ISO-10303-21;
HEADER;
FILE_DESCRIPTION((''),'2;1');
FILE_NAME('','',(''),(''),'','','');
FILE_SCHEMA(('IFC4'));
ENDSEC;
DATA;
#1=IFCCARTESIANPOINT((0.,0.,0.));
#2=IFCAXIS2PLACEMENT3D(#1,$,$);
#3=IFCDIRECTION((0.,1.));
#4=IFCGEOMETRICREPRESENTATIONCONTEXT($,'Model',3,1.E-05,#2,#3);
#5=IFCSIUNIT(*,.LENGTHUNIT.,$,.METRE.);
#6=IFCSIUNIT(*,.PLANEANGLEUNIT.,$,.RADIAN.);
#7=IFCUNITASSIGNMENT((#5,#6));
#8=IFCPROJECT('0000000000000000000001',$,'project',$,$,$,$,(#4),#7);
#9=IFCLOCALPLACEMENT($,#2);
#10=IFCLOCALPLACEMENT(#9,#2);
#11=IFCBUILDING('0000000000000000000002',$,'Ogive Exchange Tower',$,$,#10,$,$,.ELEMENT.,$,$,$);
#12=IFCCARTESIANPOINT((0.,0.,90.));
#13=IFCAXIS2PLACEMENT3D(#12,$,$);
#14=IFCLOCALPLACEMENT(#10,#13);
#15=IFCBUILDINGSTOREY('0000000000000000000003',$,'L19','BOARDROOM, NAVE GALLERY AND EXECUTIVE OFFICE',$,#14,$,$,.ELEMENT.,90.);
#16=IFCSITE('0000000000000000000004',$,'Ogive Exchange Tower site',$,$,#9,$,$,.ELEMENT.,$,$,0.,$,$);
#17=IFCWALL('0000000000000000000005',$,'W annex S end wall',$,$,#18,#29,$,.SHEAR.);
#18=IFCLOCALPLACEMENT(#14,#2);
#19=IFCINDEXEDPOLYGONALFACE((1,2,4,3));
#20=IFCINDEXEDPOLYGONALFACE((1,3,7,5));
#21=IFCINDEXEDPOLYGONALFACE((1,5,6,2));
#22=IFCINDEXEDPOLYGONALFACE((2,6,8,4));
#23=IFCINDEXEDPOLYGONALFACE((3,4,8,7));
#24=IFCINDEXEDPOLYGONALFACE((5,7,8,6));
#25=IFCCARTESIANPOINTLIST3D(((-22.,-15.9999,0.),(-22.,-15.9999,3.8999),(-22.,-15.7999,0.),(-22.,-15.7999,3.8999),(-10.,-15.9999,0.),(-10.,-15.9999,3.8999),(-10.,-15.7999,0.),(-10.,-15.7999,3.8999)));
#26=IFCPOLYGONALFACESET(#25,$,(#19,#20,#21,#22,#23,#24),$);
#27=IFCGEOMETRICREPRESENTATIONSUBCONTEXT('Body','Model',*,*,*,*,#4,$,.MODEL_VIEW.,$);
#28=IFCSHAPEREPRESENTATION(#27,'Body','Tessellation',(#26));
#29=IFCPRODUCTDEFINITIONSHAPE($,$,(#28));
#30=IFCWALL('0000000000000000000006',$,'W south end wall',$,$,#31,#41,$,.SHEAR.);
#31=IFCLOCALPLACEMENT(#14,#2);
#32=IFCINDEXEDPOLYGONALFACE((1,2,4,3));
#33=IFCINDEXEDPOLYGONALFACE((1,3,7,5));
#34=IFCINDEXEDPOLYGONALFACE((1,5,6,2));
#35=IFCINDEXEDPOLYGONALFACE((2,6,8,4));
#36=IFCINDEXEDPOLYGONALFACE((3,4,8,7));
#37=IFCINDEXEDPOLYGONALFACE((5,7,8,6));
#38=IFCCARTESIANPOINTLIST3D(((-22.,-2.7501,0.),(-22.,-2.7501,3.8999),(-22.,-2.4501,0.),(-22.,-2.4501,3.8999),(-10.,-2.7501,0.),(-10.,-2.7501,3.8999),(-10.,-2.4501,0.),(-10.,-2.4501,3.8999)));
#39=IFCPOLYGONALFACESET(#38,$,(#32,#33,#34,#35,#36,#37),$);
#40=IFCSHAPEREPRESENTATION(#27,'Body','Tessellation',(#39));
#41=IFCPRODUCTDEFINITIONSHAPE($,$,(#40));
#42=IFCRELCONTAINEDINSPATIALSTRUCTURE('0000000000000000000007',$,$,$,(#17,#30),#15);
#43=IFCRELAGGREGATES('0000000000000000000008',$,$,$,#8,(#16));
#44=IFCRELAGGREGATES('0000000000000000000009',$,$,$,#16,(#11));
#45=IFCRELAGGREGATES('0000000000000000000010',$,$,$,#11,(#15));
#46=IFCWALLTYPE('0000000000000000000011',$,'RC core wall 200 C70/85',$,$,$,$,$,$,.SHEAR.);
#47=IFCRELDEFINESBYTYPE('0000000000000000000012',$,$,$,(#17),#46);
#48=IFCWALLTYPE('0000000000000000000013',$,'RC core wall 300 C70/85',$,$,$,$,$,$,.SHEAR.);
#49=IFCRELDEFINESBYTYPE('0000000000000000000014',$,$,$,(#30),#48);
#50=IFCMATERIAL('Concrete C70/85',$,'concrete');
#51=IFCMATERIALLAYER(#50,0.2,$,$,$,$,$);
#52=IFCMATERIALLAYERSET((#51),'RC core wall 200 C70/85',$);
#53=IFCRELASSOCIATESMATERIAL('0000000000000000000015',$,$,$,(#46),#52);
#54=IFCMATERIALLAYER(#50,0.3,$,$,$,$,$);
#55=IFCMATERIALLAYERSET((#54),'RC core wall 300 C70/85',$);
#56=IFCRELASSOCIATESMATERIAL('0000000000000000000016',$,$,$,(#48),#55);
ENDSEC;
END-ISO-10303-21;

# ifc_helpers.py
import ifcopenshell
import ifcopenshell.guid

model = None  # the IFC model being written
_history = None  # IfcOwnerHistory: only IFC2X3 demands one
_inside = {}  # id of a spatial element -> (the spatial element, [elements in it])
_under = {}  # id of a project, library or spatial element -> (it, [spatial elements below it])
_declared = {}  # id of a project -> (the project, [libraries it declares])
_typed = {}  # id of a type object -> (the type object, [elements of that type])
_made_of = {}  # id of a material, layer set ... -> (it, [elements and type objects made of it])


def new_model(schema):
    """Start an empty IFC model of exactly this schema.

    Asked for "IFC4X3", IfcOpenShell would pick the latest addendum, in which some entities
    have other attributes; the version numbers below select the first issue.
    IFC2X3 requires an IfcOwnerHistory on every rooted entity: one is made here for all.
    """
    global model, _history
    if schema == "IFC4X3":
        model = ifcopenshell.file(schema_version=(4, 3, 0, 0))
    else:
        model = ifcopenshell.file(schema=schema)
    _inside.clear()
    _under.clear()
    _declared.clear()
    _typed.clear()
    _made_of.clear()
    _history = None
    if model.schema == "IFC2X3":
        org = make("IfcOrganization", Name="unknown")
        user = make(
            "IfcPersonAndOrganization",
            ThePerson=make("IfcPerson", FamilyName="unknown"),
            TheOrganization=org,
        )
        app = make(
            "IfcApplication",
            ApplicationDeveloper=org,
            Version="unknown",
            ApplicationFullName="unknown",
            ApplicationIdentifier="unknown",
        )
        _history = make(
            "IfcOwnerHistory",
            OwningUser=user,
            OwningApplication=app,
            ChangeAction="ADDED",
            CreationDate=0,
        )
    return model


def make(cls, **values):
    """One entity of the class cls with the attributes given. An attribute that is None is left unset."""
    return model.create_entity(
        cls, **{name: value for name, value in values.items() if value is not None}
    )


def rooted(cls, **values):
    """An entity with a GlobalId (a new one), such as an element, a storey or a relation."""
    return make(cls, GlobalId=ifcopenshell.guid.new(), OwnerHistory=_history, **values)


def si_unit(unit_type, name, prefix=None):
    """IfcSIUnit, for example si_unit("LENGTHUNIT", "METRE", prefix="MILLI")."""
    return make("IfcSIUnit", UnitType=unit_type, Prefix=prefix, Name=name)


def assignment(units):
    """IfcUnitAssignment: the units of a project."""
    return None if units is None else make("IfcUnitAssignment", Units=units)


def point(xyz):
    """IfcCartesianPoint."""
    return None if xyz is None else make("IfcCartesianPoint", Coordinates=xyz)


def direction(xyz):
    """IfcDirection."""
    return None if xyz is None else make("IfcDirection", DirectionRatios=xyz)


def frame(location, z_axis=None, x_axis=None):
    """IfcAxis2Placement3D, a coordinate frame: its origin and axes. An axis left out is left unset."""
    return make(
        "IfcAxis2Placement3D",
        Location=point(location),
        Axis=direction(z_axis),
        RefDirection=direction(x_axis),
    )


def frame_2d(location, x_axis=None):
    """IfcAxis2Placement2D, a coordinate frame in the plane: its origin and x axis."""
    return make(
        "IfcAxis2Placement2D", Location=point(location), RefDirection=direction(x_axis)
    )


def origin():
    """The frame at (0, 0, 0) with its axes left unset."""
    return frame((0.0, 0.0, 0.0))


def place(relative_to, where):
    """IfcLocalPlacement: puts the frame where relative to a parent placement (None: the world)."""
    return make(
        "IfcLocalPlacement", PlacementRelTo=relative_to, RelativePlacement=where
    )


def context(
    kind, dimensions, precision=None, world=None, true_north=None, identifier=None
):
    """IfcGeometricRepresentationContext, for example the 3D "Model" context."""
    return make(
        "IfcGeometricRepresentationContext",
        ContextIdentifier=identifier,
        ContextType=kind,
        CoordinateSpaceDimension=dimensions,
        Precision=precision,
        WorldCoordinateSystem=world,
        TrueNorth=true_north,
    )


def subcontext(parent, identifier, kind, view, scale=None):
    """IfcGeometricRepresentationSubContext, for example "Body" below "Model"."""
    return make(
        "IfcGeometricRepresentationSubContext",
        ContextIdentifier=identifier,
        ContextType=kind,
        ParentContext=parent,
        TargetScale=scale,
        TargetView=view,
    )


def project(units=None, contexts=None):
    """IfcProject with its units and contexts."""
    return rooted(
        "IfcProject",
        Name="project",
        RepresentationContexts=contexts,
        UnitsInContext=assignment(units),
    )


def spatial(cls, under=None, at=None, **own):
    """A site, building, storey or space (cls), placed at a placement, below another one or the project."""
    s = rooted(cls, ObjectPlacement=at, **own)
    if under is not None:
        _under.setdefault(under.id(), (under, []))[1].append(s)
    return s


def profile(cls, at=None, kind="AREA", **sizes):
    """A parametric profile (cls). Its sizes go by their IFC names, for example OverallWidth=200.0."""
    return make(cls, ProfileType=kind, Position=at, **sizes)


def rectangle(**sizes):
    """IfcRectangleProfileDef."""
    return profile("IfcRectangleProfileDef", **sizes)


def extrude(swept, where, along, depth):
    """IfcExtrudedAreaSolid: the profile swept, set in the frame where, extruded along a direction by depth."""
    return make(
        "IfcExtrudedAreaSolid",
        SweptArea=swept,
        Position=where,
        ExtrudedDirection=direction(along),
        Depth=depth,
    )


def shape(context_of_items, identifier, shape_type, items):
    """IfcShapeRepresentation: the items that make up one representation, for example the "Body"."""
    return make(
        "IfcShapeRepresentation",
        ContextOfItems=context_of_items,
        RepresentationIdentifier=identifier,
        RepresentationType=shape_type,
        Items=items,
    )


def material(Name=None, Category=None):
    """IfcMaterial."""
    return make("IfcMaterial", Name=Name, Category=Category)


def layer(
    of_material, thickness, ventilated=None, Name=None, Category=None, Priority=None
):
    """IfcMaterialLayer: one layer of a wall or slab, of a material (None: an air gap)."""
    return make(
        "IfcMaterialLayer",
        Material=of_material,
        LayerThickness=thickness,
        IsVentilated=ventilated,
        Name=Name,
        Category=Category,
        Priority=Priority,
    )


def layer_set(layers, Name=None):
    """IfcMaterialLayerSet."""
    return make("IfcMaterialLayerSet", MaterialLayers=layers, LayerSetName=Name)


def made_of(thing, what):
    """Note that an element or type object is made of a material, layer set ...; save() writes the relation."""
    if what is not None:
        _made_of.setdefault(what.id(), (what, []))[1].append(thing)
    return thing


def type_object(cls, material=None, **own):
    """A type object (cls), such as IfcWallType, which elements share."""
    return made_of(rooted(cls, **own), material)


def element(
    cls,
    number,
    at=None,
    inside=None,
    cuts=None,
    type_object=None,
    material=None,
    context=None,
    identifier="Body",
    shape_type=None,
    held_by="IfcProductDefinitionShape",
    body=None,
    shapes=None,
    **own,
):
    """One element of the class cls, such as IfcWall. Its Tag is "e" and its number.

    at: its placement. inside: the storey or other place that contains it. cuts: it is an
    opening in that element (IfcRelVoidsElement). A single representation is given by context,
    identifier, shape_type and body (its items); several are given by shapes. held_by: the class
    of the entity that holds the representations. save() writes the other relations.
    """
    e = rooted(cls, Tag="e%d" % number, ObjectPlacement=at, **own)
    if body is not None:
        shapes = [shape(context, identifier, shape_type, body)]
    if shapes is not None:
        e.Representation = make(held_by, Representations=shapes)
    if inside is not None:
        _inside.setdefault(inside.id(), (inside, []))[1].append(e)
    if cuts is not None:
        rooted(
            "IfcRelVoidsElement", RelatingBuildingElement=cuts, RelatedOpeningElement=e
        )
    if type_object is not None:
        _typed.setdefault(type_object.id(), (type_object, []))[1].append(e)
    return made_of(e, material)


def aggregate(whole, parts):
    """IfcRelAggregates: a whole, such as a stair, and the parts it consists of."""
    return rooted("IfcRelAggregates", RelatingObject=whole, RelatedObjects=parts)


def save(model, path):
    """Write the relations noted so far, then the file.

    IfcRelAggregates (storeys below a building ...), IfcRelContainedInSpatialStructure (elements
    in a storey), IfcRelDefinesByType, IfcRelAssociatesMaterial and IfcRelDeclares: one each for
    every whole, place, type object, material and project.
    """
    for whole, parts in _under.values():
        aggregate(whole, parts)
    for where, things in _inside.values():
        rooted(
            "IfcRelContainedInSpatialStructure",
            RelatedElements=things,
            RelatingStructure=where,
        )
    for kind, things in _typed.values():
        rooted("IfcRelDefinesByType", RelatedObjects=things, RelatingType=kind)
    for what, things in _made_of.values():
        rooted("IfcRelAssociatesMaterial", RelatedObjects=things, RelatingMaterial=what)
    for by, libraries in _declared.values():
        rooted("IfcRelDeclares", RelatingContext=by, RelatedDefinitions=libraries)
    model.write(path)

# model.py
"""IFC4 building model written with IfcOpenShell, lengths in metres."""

from ifc_helpers import new_model, si_unit, direction, frame, frame_2d, origin, place, context, subcontext, project, spatial, rectangle, extrude, material, layer, layer_set, type_object, element, save


model = new_model("IFC4")

# Units and contexts
model_context = context("Model", 3, precision=1e-05, world=origin(), true_north=direction((0.0, 1.0)))
body_context = subcontext(model_context, "Body", "Model", "MODEL_VIEW")
ifc_project = project(units=[si_unit("LENGTHUNIT", "METRE"), si_unit("PLANEANGLEUNIT", "RADIAN")], contexts=[model_context])

# Site, building, storey
site_placement = place(None, origin())
site = spatial("IfcSite", under=ifc_project, at=site_placement, Name="Ogive Exchange Tower site", CompositionType="ELEMENT", RefElevation=0.0)
building_placement = place(site_placement, origin())
building = spatial("IfcBuilding", under=site, at=building_placement, Name="Ogive Exchange Tower", CompositionType="ELEMENT")
storey_placement = place(building_placement, frame((0.0, 0.0, 90.0)))
storey = spatial("IfcBuildingStorey", under=building, at=storey_placement, Name="L19", Description="BOARDROOM, NAVE GALLERY AND EXECUTIVE OFFICE", CompositionType="ELEMENT", Elevation=90.0)

# Shared definitions
ifc_material_1 = material(Name="Concrete C70/85", Category="concrete")
ifc_layer_1 = layer(ifc_material_1, 0.2)
ifc_layer_set_1 = layer_set([ifc_layer_1], Name="RC core wall 200 C70/85")
wall_type_1 = type_object("IfcWallType", Name="RC core wall 200 C70/85", PredefinedType="SHEAR", material=ifc_layer_set_1)

# Walls
wall_1_placement = place(storey_placement, frame((-22.0, -15.8999, 0.0), z_axis=(0.0, 0.0, 1.0), x_axis=(1.0, 0.0, 0.0)))
element("IfcWall", 1, at=wall_1_placement, inside=storey, type_object=wall_type_1, Name="W annex S end wall", PredefinedType="SHEAR", context=body_context, shape_type="SweptSolid", body=[
    extrude(rectangle(XDim=12.0, YDim=0.2, at=frame_2d((6.0, 0.0))), origin(), (0.0, 0.0, 1.0), 3.8999),
])
ifc_layer_2 = layer(ifc_material_1, 0.3)
ifc_layer_set_2 = layer_set([ifc_layer_2], Name="RC core wall 300 C70/85")
wall_type_2 = type_object("IfcWallType", Name="RC core wall 300 C70/85", PredefinedType="SHEAR", material=ifc_layer_set_2)
wall_2_placement = place(storey_placement, frame((-22.0, -2.6001, 0.0), z_axis=(0.0, 0.0, 1.0), x_axis=(1.0, 0.0, 0.0)))
element("IfcWall", 2, at=wall_2_placement, inside=storey, type_object=wall_type_2, Name="W south end wall", PredefinedType="SHEAR", context=body_context, shape_type="SweptSolid", body=[
    extrude(rectangle(XDim=12.0, YDim=0.3, at=frame_2d((6.0, 0.0))), origin(), (0.0, 0.0, 1.0), 3.8999),
])

save(model, "model.ifc")
